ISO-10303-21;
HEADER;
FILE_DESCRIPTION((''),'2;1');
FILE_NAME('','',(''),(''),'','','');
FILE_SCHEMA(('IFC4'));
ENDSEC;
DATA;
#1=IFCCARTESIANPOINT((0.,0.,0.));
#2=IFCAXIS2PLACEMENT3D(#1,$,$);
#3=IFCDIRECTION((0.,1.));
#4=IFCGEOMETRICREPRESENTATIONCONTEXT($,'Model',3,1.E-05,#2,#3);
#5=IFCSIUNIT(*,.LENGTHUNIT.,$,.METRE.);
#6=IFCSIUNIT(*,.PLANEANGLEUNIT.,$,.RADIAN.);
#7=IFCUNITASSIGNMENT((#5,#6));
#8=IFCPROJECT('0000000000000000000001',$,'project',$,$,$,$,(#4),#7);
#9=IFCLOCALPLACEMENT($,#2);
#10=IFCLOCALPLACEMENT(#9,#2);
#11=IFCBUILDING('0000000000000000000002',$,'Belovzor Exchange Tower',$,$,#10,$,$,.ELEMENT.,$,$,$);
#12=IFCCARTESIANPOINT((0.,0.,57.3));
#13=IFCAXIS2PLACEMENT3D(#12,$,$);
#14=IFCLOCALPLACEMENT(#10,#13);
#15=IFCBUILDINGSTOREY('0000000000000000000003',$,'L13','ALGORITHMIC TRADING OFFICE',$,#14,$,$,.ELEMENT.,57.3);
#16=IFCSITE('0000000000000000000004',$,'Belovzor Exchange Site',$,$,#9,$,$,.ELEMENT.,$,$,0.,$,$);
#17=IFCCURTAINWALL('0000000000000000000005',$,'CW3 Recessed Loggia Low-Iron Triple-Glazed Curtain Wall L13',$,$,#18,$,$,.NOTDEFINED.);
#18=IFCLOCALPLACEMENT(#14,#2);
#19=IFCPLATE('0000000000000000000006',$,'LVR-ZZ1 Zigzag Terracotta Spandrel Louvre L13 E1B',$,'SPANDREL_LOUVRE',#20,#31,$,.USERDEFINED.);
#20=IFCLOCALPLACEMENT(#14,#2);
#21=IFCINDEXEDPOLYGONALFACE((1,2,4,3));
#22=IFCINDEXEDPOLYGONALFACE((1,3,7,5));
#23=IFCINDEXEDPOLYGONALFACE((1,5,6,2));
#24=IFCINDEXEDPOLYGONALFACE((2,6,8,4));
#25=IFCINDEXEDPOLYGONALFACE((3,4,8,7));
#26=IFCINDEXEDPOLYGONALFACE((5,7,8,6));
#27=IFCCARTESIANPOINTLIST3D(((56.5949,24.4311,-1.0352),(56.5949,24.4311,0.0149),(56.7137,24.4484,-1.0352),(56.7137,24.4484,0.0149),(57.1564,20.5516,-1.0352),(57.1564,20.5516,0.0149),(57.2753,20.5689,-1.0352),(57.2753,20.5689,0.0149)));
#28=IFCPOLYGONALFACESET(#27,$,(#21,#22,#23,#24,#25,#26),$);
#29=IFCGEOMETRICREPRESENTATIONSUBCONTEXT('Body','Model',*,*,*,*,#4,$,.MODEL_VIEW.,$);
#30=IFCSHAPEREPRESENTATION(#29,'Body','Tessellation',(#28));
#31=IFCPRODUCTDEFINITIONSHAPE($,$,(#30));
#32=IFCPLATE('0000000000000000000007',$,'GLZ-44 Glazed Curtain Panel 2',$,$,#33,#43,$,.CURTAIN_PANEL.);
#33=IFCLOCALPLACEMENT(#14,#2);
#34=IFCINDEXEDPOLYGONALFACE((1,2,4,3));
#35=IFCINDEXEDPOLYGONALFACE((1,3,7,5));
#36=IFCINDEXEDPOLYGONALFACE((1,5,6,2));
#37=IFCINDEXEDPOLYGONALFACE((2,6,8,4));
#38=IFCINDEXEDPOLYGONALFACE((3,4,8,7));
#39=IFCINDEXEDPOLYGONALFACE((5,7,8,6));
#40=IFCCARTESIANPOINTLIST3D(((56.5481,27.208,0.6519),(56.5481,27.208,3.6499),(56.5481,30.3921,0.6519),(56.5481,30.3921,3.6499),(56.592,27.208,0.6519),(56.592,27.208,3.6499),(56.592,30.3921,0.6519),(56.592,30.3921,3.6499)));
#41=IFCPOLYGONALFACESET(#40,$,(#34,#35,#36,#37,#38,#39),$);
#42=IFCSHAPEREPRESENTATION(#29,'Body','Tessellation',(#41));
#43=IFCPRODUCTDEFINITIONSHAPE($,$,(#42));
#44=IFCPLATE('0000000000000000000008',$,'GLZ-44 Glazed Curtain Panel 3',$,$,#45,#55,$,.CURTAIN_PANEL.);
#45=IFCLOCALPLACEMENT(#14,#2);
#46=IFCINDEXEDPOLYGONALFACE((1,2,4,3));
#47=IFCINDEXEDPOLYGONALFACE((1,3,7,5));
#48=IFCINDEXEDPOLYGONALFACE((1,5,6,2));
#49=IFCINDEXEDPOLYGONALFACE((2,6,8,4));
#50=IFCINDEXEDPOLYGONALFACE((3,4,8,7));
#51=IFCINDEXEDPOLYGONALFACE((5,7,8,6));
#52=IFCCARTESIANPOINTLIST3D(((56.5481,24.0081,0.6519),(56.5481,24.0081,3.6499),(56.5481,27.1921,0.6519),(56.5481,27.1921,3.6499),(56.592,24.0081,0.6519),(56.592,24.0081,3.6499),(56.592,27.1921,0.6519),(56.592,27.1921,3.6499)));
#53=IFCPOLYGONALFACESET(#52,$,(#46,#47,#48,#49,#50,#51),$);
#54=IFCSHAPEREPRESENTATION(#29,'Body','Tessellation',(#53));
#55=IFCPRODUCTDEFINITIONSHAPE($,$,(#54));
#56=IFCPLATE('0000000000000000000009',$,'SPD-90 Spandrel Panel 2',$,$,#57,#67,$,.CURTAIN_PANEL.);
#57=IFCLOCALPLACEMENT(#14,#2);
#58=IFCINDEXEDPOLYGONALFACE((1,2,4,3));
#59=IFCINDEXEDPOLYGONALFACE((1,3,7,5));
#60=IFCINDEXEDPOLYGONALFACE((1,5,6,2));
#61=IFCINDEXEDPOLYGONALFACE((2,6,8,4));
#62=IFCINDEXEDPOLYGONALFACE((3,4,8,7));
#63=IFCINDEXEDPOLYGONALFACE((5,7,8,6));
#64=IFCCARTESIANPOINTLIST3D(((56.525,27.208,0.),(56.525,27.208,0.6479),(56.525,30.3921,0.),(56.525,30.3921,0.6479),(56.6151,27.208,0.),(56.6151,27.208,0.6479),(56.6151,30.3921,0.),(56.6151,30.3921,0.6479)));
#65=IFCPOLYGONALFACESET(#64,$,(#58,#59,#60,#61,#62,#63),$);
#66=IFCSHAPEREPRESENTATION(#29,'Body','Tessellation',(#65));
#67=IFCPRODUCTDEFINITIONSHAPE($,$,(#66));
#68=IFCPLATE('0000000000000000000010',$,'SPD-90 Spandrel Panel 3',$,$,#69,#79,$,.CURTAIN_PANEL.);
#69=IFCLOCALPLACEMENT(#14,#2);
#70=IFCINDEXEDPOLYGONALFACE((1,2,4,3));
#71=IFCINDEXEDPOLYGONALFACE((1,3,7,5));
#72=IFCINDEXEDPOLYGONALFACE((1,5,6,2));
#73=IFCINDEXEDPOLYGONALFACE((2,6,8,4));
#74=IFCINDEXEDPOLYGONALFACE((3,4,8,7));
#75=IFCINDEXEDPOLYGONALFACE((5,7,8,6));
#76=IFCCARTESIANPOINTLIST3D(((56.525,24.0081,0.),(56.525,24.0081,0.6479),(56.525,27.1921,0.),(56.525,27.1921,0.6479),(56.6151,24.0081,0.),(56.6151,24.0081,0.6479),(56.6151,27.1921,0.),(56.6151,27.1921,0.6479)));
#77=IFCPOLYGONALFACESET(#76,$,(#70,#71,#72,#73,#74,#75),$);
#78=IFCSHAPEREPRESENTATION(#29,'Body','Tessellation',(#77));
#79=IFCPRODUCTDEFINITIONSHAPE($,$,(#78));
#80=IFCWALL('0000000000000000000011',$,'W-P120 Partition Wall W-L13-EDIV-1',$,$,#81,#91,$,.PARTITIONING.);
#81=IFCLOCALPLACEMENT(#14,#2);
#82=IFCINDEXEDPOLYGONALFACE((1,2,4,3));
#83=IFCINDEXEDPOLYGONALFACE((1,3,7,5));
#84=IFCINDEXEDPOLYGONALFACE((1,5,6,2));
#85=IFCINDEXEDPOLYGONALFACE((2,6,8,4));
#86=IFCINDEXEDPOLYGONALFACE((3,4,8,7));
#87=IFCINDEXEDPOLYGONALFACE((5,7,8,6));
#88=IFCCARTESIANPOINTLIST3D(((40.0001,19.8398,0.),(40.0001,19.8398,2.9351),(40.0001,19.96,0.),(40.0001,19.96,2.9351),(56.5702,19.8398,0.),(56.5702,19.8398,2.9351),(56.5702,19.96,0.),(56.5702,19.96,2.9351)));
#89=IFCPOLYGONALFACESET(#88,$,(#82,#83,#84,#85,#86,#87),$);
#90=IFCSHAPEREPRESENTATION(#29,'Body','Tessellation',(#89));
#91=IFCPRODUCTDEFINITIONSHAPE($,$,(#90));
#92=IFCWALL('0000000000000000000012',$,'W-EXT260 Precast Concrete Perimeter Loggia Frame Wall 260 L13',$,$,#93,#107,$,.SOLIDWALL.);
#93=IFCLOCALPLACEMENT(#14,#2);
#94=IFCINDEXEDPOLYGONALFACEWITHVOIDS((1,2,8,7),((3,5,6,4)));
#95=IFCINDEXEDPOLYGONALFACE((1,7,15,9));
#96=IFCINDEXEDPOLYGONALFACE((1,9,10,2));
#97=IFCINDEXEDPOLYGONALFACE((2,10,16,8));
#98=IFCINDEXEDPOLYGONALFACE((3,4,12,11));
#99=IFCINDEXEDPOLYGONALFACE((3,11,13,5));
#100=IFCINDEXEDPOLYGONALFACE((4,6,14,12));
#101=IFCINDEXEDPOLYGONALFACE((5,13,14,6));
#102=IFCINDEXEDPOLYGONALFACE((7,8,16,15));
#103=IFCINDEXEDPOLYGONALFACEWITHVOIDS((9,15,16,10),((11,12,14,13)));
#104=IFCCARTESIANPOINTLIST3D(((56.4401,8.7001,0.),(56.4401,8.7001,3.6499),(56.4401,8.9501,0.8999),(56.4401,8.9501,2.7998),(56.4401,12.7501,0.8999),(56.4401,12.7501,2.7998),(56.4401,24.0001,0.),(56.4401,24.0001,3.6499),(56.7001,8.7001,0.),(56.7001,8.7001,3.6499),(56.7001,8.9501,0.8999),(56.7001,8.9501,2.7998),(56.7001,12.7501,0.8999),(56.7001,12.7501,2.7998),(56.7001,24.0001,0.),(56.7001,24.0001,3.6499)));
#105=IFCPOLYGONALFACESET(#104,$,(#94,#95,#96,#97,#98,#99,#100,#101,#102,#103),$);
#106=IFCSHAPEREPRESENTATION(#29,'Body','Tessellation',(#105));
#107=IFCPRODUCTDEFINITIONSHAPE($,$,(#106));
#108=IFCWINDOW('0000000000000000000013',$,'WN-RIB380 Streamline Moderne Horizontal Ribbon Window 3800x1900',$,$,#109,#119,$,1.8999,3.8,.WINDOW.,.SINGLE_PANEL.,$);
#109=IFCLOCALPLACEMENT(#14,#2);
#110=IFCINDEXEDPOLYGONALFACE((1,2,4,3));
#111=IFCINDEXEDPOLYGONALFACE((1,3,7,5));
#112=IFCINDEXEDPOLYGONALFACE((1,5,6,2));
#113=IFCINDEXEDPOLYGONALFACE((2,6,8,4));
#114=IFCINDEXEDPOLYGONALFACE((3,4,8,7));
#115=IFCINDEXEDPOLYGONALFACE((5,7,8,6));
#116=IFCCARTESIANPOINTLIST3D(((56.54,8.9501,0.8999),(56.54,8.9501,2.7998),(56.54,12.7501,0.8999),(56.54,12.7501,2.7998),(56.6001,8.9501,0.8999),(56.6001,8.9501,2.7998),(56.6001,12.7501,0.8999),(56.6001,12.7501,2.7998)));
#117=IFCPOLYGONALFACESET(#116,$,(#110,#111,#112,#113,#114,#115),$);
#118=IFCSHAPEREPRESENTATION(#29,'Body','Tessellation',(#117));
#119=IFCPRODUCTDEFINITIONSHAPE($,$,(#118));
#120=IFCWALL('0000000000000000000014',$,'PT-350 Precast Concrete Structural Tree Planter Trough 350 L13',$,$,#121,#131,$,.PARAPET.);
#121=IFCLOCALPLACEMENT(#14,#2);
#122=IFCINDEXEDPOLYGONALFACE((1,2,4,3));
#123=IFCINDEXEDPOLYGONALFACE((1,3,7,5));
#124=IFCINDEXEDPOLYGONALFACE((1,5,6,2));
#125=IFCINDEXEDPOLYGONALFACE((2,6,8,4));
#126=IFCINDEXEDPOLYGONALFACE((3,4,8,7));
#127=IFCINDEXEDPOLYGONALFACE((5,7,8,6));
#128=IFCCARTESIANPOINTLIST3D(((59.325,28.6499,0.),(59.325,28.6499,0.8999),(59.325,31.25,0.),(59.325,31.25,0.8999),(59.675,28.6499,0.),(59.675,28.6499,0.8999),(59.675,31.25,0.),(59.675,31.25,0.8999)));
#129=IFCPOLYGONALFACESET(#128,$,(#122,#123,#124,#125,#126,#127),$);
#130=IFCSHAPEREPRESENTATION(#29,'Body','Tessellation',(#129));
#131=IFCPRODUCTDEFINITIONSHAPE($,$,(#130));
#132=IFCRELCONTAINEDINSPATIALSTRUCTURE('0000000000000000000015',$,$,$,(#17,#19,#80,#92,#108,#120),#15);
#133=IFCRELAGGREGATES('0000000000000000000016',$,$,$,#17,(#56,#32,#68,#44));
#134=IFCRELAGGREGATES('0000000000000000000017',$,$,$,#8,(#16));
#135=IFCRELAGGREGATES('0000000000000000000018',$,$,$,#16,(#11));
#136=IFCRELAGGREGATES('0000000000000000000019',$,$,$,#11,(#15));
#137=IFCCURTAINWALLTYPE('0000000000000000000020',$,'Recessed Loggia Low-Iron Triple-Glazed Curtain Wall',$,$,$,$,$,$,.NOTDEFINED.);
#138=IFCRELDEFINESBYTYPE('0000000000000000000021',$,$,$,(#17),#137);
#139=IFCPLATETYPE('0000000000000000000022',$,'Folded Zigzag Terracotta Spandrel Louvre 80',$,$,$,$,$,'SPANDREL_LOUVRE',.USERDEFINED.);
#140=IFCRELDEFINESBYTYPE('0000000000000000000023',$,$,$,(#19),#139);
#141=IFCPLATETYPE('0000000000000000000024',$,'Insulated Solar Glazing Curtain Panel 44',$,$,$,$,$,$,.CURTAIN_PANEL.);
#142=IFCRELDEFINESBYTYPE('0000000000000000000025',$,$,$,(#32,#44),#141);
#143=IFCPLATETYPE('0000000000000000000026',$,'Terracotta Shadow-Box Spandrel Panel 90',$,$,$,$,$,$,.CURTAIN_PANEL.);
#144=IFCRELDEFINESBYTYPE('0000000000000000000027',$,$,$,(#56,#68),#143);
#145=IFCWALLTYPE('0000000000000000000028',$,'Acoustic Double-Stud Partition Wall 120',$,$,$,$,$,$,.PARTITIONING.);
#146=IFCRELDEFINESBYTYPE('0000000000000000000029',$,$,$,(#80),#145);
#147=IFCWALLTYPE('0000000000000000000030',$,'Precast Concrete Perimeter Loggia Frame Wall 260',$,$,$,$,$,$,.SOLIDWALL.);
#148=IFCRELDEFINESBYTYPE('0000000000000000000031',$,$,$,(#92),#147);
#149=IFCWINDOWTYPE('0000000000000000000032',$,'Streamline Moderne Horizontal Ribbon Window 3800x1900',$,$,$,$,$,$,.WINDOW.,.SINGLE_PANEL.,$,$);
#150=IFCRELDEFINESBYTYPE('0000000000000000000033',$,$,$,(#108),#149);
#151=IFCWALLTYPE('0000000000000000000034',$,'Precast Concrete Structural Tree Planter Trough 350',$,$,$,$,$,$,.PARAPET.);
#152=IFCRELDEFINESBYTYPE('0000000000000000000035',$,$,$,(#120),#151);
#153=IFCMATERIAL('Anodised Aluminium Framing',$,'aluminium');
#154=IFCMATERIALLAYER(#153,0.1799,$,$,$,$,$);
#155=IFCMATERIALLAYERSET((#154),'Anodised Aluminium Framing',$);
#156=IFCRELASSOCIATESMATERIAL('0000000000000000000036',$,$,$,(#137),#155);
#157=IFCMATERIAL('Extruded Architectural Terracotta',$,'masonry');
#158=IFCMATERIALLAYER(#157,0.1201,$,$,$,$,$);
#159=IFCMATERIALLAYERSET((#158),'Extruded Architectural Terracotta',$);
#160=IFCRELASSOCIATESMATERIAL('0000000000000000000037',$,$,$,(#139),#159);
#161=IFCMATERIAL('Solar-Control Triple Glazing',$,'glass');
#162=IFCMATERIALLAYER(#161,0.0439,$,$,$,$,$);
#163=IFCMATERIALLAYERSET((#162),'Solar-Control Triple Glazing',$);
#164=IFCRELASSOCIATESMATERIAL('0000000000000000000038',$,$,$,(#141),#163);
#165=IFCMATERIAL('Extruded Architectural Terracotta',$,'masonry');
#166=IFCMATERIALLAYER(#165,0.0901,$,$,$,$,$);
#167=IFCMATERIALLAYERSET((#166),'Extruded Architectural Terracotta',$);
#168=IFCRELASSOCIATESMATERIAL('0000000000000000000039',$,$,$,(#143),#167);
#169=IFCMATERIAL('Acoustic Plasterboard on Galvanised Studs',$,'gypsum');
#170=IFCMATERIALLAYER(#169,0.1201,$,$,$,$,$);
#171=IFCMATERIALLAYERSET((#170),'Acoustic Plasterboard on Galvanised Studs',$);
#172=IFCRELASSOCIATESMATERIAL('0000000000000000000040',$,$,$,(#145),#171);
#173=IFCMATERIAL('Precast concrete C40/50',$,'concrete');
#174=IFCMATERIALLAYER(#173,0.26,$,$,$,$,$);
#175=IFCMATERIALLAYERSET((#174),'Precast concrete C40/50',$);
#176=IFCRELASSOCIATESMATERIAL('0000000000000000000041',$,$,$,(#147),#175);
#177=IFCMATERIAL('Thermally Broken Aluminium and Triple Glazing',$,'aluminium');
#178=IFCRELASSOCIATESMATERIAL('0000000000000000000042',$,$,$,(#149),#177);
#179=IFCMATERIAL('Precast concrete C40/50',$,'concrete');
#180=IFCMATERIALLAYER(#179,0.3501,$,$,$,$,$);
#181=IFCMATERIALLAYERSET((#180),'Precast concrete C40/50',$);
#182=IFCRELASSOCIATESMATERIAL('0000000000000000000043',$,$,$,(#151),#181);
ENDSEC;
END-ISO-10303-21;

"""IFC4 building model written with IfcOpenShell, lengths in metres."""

from ifc_helpers import new_model, si_unit, direction, frame, frame_2d, origin, origin_2d, place, context, subcontext, project, spatial, rectangle, extrude, material, layer, layer_set, type_object, element, fill, aggregate, save


model = new_model("IFC4")

# Units and contexts
model_context = context("Model", 3, precision=1e-05, world=origin(), true_north=direction((0.0, 1.0)))
body_context = subcontext(model_context, "Body", "Model", "MODEL_VIEW")
ifc_project = project(units=[si_unit("LENGTHUNIT", "METRE"), si_unit("PLANEANGLEUNIT", "RADIAN")], contexts=[model_context])

# Site, building, storey
site_placement = place(None, origin())
site = spatial("IfcSite", under=ifc_project, at=site_placement, Name="Belovzor Exchange Site", CompositionType="ELEMENT", RefElevation=0.0)
building_placement = place(site_placement, origin())
building = spatial("IfcBuilding", under=site, at=building_placement, Name="Belovzor Exchange Tower", CompositionType="ELEMENT")
storey_placement = place(building_placement, frame((0.0, 0.0, 57.3)))
storey = spatial("IfcBuildingStorey", under=building, at=storey_placement, Name="L13", Description="ALGORITHMIC TRADING OFFICE", CompositionType="ELEMENT", Elevation=57.3)

# Curtain wall
ifc_material_1 = material(Name="Anodised Aluminium Framing", Category="aluminium")
ifc_layer_1 = layer(ifc_material_1, 0.1799)
ifc_layer_set_1 = layer_set([ifc_layer_1], Name="Anodised Aluminium Framing")
curtain_wall_type = type_object("IfcCurtainWallType", Name="Recessed Loggia Low-Iron Triple-Glazed Curtain Wall", PredefinedType="NOTDEFINED", material=ifc_layer_set_1)
curtain_wall_placement = place(storey_placement, origin())
curtain_wall = element("IfcCurtainWall", 1, at=curtain_wall_placement, inside=storey, type_object=curtain_wall_type, Name="CW3 Recessed Loggia Low-Iron Triple-Glazed Curtain Wall L13", PredefinedType="NOTDEFINED")

# Plates
ifc_material_2 = material(Name="Extruded Architectural Terracotta", Category="masonry")
ifc_layer_2 = layer(ifc_material_2, 0.1201)
ifc_layer_set_2 = layer_set([ifc_layer_2], Name="Extruded Architectural Terracotta")
plate_type_1 = type_object("IfcPlateType", Name="Folded Zigzag Terracotta Spandrel Louvre 80", ElementType="SPANDREL_LOUVRE", PredefinedType="USERDEFINED", material=ifc_layer_set_2)
plate_1_placement = place(storey_placement, frame((56.9351, 22.5, -1.0352), z_axis=(0.0, 0.0, 1.0), x_axis=(-0.143251, 0.989686, 0.0)))
element("IfcPlate", 2, at=plate_1_placement, inside=storey, type_object=plate_type_1, Name="LVR-ZZ1 Zigzag Terracotta Spandrel Louvre L13 E1B", ObjectType="SPANDREL_LOUVRE", PredefinedType="USERDEFINED", context=body_context, shape_type="SweptSolid", body=[
    extrude(rectangle(XDim=3.9199, YDim=0.1201, at=origin_2d()), origin(), (0.0, 0.0, 1.0), 1.05),
])
ifc_material_3 = material(Name="Solar-Control Triple Glazing", Category="glass")
ifc_layer_3 = layer(ifc_material_3, 0.0439)
ifc_layer_set_3 = layer_set([ifc_layer_3], Name="Solar-Control Triple Glazing")
plate_type_2 = type_object("IfcPlateType", Name="Insulated Solar Glazing Curtain Panel 44", PredefinedType="CURTAIN_PANEL", material=ifc_layer_set_3)
plate_2_placement = place(storey_placement, frame((56.5701, 28.8, 0.6519), z_axis=(0.0, 0.0, 1.0), x_axis=(0.0, -1.0, 0.0)))
plate_2 = element("IfcPlate", 3, at=plate_2_placement, type_object=plate_type_2, Name="GLZ-44 Glazed Curtain Panel 2", PredefinedType="CURTAIN_PANEL", context=body_context, shape_type="SweptSolid", body=[
    extrude(rectangle(XDim=3.1841, YDim=0.0439, at=origin_2d()), origin(), (0.0, 0.0, 1.0), 2.998),
])
plate_3_placement = place(storey_placement, frame((56.5701, 25.6001, 0.6519), z_axis=(0.0, 0.0, 1.0), x_axis=(0.0, -1.0, 0.0)))
plate_3 = element("IfcPlate", 4, at=plate_3_placement, type_object=plate_type_2, Name="GLZ-44 Glazed Curtain Panel 3", PredefinedType="CURTAIN_PANEL", context=body_context, shape_type="SweptSolid", body=[
    extrude(rectangle(XDim=3.1841, YDim=0.0439, at=origin_2d()), origin(), (0.0, 0.0, 1.0), 2.998),
])
ifc_material_4 = material(Name="Extruded Architectural Terracotta", Category="masonry")
ifc_layer_4 = layer(ifc_material_4, 0.0901)
ifc_layer_set_4 = layer_set([ifc_layer_4], Name="Extruded Architectural Terracotta")
plate_type_3 = type_object("IfcPlateType", Name="Terracotta Shadow-Box Spandrel Panel 90", PredefinedType="CURTAIN_PANEL", material=ifc_layer_set_4)
plate_4_placement = place(storey_placement, frame((56.5701, 28.8, 0.0), z_axis=(0.0, 0.0, 1.0), x_axis=(0.0, -1.0, 0.0)))
plate_4 = element("IfcPlate", 5, at=plate_4_placement, type_object=plate_type_3, Name="SPD-90 Spandrel Panel 2", PredefinedType="CURTAIN_PANEL", context=body_context, shape_type="SweptSolid", body=[
    extrude(rectangle(XDim=3.1841, YDim=0.0901, at=origin_2d()), origin(), (0.0, 0.0, 1.0), 0.6479),
])
plate_5_placement = place(storey_placement, frame((56.5701, 25.6001, 0.0), z_axis=(0.0, 0.0, 1.0), x_axis=(0.0, -1.0, 0.0)))
plate_5 = element("IfcPlate", 6, at=plate_5_placement, type_object=plate_type_3, Name="SPD-90 Spandrel Panel 3", PredefinedType="CURTAIN_PANEL", context=body_context, shape_type="SweptSolid", body=[
    extrude(rectangle(XDim=3.1841, YDim=0.0901, at=origin_2d()), origin(), (0.0, 0.0, 1.0), 0.6479),
])
aggregate(curtain_wall, [plate_4, plate_2, plate_5, plate_3])

# Wall
ifc_material_5 = material(Name="Acoustic Plasterboard on Galvanised Studs", Category="gypsum")
ifc_layer_5 = layer(ifc_material_5, 0.1201)
ifc_layer_set_5 = layer_set([ifc_layer_5], Name="Acoustic Plasterboard on Galvanised Studs")
wall_type_1 = type_object("IfcWallType", Name="Acoustic Double-Stud Partition Wall 120", PredefinedType="PARTITIONING", material=ifc_layer_set_5)
wall_1_placement = place(storey_placement, frame((40.0, 19.8999, 0.0), z_axis=(0.0, 0.0, 1.0), x_axis=(1.0, 0.0, 0.0)))
element("IfcWall", 7, at=wall_1_placement, inside=storey, type_object=wall_type_1, Name="W-P120 Partition Wall W-L13-EDIV-1", PredefinedType="PARTITIONING", context=body_context, shape_type="SweptSolid", body=[
    extrude(rectangle(XDim=16.5701, YDim=0.1201, at=frame_2d((8.2852, 0.0))), origin(), (0.0, 0.0, 1.0), 2.9351),
])

# Wall, opening, window
ifc_material_6 = material(Name="Precast concrete C40/50", Category="concrete")
ifc_layer_6 = layer(ifc_material_6, 0.26)
ifc_layer_set_6 = layer_set([ifc_layer_6], Name="Precast concrete C40/50")
wall_type_2 = type_object("IfcWallType", Name="Precast Concrete Perimeter Loggia Frame Wall 260", PredefinedType="SOLIDWALL", material=ifc_layer_set_6)
wall_2_placement = place(storey_placement, frame((56.5701, 24.0, 0.0), z_axis=(0.0, 0.0, 1.0), x_axis=(0.0, -1.0, 0.0)))
wall_2 = element("IfcWall", 8, at=wall_2_placement, inside=storey, type_object=wall_type_2, Name="W-EXT260 Precast Concrete Perimeter Loggia Frame Wall 260 L13", PredefinedType="SOLIDWALL", context=body_context, shape_type="SweptSolid", body=[
    extrude(rectangle(XDim=15.3, YDim=0.26, at=frame_2d((7.6499, 0.0))), origin(), (0.0, 0.0, 1.0), 3.6499),
])
opening_placement = place(wall_2_placement, frame((11.25, 0.0, 0.8999)))
opening = element("IfcOpeningElement", 9, at=opening_placement, cuts=wall_2, PredefinedType="OPENING", context=body_context, shape_type="SweptSolid", body=[
    extrude(rectangle(XDim=3.8, YDim=1.8999, at=frame_2d((1.8999, 0.95))), frame((0.0, 0.1399, 0.0), z_axis=(0.0, -1.0, 0.0), x_axis=(1.0, 0.0, 0.0)), (0.0, 0.0, 1.0), 0.28),
])
ifc_material_7 = material(Name="Thermally Broken Aluminium and Triple Glazing", Category="aluminium")
window_type = type_object("IfcWindowType", Name="Streamline Moderne Horizontal Ribbon Window 3800x1900", PartitioningType="SINGLE_PANEL", PredefinedType="WINDOW", material=ifc_material_7)
window_placement = place(opening_placement, origin())
window = element("IfcWindow", 10, at=window_placement, inside=storey, type_object=window_type, Name="WN-RIB380 Streamline Moderne Horizontal Ribbon Window 3800x1900", OverallHeight=1.8999, OverallWidth=3.8, PartitioningType="SINGLE_PANEL", PredefinedType="WINDOW", context=body_context, shape_type="SweptSolid", body=[
    extrude(rectangle(XDim=3.8, YDim=1.8999, at=frame_2d((1.8999, 0.95))), frame((0.0, 0.03, 0.0), z_axis=(0.0, -1.0, 0.0), x_axis=(1.0, 0.0, 0.0)), (0.0, 0.0, 1.0), 0.0601),
])
fill(opening, window)

# Wall
ifc_material_8 = material(Name="Precast concrete C40/50", Category="concrete")
ifc_layer_7 = layer(ifc_material_8, 0.3501)
ifc_layer_set_7 = layer_set([ifc_layer_7], Name="Precast concrete C40/50")
wall_type_3 = type_object("IfcWallType", Name="Precast Concrete Structural Tree Planter Trough 350", PredefinedType="PARAPET", material=ifc_layer_set_7)
wall_3_placement = place(storey_placement, frame((59.5, 28.6499, 0.0), z_axis=(0.0, 0.0, 1.0), x_axis=(0.0, 1.0, 0.0)))
element("IfcWall", 11, at=wall_3_placement, inside=storey, type_object=wall_type_3, Name="PT-350 Precast Concrete Structural Tree Planter Trough 350 L13", PredefinedType="PARAPET", context=body_context, shape_type="SweptSolid", body=[
    extrude(rectangle(XDim=2.6001, YDim=0.3501, at=frame_2d((1.3, 0.0))), origin(), (0.0, 0.0, 1.0), 0.8999),
])

save(model, "model.ifc")
